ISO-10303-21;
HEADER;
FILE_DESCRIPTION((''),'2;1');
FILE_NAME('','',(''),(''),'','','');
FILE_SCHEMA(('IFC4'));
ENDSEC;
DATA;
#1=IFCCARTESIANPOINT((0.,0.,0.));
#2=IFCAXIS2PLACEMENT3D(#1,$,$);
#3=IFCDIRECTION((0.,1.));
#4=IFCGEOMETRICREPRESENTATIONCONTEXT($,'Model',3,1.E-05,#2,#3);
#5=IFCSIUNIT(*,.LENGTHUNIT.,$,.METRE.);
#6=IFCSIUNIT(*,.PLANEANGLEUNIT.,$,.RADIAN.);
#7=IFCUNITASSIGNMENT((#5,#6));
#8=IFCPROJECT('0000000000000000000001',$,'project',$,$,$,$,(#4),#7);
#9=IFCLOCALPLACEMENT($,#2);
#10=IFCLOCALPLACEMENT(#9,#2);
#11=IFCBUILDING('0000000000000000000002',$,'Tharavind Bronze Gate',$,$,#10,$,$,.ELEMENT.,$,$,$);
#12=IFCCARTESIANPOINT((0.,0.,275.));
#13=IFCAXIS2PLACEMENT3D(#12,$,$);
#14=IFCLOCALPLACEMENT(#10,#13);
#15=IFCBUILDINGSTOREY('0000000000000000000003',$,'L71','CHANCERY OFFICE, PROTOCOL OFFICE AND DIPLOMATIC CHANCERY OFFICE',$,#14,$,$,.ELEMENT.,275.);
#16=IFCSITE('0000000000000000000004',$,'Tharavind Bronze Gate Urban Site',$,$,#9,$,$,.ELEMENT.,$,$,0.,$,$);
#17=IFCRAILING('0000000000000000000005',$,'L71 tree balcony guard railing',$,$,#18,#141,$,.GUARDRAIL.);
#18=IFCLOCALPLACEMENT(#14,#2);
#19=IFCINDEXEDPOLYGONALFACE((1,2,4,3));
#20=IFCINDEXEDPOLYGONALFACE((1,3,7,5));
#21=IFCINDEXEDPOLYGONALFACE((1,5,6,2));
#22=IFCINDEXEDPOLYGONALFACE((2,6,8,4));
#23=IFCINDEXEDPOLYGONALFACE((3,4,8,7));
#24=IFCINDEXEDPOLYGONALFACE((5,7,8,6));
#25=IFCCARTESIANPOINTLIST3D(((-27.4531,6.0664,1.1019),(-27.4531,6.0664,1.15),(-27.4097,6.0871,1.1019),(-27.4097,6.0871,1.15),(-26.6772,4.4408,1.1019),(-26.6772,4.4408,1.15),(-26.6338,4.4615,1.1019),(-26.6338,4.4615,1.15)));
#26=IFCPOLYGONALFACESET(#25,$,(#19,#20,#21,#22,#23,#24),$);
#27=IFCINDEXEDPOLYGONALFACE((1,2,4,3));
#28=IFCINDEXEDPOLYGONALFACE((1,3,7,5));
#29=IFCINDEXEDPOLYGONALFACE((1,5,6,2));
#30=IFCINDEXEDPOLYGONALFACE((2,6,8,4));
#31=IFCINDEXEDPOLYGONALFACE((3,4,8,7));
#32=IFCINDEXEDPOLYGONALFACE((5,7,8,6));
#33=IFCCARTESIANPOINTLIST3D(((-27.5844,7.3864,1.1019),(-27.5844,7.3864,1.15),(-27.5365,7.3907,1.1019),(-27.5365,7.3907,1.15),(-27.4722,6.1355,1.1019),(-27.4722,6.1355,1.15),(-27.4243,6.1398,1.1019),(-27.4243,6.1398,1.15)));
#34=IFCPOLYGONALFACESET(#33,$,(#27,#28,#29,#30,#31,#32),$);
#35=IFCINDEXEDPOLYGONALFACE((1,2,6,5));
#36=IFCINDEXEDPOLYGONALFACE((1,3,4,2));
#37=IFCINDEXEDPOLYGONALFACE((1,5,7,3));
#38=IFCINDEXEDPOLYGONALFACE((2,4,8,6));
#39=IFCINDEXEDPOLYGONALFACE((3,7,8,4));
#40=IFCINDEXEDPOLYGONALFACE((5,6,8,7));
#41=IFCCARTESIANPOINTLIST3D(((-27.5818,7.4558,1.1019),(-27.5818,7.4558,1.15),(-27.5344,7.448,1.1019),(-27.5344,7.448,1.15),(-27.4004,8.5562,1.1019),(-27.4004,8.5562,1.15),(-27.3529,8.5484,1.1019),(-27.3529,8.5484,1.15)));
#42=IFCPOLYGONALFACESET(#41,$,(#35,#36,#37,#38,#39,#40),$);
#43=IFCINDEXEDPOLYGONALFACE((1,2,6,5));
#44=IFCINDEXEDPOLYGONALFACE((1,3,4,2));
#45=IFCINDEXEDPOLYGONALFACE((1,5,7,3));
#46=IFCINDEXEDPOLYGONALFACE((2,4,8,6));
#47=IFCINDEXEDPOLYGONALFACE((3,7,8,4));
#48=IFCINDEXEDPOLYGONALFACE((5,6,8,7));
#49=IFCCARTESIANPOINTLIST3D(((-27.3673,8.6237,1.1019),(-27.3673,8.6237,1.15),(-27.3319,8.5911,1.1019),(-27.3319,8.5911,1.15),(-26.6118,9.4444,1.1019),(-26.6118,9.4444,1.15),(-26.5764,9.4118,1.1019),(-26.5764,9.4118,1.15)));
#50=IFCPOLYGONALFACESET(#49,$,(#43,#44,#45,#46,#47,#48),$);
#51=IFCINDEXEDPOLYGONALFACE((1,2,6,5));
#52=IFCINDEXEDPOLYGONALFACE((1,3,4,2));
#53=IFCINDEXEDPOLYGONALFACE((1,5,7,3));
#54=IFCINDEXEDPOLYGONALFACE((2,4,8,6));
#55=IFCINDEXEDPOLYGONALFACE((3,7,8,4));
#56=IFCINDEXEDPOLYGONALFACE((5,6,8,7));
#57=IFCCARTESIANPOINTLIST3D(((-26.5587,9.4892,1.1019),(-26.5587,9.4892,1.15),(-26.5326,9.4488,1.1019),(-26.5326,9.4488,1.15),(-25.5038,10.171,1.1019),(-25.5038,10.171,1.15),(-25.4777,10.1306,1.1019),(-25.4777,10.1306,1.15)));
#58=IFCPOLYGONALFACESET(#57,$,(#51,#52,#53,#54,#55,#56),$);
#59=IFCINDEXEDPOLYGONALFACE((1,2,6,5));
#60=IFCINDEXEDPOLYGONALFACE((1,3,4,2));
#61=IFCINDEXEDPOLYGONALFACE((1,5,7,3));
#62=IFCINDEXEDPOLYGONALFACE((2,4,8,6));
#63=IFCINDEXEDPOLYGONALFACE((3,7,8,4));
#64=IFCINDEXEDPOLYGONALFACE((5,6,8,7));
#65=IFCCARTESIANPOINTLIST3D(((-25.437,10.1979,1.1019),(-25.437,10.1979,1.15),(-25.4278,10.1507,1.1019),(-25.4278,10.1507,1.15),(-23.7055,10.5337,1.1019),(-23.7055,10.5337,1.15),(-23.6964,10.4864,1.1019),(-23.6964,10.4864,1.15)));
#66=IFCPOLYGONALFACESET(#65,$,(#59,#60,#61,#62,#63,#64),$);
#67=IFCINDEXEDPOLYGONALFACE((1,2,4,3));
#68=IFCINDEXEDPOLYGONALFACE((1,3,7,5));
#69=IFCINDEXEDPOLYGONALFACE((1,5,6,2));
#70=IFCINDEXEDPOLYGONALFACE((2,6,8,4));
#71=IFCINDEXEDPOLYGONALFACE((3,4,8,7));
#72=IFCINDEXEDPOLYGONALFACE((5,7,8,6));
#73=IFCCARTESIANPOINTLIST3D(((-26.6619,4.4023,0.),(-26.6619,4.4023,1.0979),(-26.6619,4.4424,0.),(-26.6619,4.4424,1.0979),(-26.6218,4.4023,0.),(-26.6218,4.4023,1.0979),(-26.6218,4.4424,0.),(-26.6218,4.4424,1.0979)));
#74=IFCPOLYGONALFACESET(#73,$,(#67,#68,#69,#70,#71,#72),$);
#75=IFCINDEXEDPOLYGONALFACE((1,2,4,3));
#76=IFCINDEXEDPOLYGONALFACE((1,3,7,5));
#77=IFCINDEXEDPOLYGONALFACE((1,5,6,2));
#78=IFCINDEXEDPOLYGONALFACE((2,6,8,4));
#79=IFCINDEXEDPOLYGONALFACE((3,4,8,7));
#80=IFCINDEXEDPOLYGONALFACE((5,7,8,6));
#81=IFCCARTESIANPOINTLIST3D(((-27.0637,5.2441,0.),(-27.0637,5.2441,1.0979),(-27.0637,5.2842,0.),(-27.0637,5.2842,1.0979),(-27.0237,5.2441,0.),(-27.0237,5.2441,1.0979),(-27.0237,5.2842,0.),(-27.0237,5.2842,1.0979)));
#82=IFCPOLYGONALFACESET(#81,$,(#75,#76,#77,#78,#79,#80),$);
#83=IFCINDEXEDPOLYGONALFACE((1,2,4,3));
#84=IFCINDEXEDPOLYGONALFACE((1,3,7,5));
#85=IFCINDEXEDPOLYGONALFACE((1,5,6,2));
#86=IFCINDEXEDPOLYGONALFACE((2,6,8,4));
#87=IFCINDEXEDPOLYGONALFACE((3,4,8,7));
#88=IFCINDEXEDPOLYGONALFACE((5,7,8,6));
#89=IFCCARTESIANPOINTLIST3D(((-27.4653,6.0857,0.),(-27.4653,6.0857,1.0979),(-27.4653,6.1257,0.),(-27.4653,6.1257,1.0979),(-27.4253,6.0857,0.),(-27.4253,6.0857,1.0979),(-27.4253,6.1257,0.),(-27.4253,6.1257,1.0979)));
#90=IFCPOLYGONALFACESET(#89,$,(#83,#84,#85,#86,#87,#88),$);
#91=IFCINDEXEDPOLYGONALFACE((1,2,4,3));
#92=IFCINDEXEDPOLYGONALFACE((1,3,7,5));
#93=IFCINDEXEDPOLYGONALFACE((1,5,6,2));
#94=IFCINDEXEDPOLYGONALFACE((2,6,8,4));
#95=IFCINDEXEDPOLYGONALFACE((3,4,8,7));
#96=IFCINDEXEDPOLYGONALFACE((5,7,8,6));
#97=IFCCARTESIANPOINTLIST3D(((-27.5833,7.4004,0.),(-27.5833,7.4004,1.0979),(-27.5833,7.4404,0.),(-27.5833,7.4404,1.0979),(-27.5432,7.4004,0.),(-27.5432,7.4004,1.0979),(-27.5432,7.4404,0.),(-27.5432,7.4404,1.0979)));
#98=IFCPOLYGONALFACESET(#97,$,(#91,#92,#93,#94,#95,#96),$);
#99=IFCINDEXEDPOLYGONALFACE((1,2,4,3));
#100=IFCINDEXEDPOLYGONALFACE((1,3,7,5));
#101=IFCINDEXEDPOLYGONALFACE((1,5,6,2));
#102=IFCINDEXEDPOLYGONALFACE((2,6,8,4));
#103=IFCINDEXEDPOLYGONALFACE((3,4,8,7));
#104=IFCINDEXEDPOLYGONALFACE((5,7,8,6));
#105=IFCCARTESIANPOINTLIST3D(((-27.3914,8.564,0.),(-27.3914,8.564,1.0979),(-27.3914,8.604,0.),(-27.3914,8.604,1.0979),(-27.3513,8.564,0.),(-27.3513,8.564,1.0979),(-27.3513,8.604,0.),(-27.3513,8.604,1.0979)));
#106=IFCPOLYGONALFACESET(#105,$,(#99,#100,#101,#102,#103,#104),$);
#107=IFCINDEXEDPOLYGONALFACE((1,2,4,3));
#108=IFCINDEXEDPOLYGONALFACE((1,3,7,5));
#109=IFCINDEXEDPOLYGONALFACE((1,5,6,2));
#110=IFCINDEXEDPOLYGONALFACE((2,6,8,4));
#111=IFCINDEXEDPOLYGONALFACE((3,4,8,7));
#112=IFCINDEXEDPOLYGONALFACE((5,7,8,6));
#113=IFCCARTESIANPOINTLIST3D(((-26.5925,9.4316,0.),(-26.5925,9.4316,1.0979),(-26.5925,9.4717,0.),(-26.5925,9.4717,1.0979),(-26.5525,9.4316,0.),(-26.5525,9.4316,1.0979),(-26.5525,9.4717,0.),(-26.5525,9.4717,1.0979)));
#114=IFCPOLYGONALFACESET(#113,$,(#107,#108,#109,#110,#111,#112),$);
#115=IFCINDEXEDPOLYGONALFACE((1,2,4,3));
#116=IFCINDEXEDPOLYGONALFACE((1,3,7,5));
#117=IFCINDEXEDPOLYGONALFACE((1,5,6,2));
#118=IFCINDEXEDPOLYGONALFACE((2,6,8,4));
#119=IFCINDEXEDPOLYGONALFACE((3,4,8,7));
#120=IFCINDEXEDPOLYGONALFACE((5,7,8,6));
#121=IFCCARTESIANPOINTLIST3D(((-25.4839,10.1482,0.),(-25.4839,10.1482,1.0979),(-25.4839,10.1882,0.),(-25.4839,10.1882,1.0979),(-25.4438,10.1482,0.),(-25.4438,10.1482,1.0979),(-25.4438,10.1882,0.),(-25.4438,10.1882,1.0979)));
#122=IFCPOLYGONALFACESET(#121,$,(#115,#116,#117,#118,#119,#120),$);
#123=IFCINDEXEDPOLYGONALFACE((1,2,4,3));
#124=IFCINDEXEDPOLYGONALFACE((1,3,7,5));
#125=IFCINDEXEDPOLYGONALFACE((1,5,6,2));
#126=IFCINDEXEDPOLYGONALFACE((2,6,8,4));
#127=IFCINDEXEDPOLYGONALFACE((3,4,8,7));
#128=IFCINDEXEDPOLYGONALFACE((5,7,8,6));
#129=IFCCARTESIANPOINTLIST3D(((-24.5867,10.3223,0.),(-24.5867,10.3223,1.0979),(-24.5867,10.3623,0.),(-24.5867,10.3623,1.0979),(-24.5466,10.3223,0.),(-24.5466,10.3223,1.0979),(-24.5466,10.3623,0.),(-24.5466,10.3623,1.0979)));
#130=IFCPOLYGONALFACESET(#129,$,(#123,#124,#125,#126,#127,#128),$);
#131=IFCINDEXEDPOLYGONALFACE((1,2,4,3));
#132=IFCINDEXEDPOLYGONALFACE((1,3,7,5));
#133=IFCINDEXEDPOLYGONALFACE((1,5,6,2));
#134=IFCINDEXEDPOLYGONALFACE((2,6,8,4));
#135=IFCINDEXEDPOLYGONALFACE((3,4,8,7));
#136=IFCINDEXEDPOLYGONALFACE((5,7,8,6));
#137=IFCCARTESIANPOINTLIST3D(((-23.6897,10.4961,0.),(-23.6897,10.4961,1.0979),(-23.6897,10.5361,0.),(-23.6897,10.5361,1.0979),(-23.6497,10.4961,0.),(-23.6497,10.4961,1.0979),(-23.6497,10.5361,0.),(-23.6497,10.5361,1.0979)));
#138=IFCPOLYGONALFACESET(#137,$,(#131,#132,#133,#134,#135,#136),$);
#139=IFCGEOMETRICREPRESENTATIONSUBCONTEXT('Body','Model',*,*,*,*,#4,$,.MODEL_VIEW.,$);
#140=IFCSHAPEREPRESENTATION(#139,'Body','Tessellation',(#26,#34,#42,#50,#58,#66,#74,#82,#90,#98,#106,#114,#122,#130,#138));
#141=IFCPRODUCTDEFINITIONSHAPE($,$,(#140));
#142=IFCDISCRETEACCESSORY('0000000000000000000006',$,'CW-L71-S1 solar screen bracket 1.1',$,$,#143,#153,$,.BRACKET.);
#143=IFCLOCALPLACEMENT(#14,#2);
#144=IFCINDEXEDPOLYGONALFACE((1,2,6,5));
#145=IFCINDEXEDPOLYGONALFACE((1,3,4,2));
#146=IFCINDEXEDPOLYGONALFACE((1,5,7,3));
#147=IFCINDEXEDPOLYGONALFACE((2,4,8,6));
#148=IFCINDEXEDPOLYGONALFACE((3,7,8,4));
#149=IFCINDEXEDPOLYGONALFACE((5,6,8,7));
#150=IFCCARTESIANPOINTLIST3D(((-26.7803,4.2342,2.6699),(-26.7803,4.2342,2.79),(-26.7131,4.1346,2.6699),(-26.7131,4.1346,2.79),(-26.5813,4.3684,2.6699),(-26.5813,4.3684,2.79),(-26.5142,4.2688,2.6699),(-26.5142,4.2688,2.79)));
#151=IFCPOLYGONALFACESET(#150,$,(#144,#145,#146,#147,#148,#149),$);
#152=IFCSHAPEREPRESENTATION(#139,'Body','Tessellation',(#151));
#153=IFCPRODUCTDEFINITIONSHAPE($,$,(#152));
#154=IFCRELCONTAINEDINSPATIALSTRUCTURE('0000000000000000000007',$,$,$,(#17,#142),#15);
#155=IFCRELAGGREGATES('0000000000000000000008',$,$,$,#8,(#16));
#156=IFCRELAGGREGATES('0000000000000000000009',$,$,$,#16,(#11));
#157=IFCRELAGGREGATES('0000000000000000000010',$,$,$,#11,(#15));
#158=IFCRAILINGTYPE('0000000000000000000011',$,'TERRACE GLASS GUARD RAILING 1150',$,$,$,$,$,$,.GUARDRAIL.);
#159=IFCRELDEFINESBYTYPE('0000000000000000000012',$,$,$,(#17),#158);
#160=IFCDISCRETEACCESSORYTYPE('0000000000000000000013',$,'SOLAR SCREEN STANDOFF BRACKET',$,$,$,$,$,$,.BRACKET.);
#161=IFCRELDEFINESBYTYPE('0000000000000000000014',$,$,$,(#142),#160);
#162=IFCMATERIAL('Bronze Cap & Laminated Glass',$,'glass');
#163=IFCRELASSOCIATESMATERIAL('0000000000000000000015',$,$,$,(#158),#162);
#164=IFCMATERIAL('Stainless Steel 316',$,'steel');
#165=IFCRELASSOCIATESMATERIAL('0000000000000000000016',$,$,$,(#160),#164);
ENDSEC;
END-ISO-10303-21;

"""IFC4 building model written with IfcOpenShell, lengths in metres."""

from ifc_helpers import new_model, si_unit, direction, frame, origin, origin_2d, place, context, subcontext, project, spatial, rectangle, extrude, material, type_object, element, save


model = new_model("IFC4")

# Units and contexts
model_context = context("Model", 3, precision=1e-05, world=origin(), true_north=direction((0.0, 1.0)))
body_context = subcontext(model_context, "Body", "Model", "MODEL_VIEW")
ifc_project = project(units=[si_unit("LENGTHUNIT", "METRE"), si_unit("PLANEANGLEUNIT", "RADIAN")], contexts=[model_context])

# Site, building, storey
site_placement = place(None, origin())
site = spatial("IfcSite", under=ifc_project, at=site_placement, Name="Tharavind Bronze Gate Urban Site", CompositionType="ELEMENT", RefElevation=0.0)
building_placement = place(site_placement, origin())
building = spatial("IfcBuilding", under=site, at=building_placement, Name="Tharavind Bronze Gate", CompositionType="ELEMENT")
storey_placement = place(building_placement, frame((0.0, 0.0, 275.0)))
storey = spatial("IfcBuildingStorey", under=building, at=storey_placement, Name="L71", Description="CHANCERY OFFICE, PROTOCOL OFFICE AND DIPLOMATIC CHANCERY OFFICE", CompositionType="ELEMENT", Elevation=275.0)

# Railing
ifc_material_1 = material(Name="Bronze Cap & Laminated Glass", Category="glass")
railing_type = type_object("IfcRailingType", Name="TERRACE GLASS GUARD RAILING 1150", PredefinedType="GUARDRAIL", material=ifc_material_1)
railing_placement = place(storey_placement, frame((-26.6418, 4.4224, 0.0)))
element("IfcRailing", 1, at=railing_placement, inside=storey, type_object=railing_type, Name="L71 tree balcony guard railing", PredefinedType="GUARDRAIL", context=body_context, shape_type="SweptSolid", body=[
    extrude(rectangle(XDim=0.0481, YDim=0.0481, at=origin_2d()), frame((-0.0137, 0.0288, 1.126), z_axis=(-0.430751, 0.902471, 0.0), x_axis=(-0.902471, -0.430751, 0.0)), (0.0, 0.0, 1.0), 1.8013),
    extrude(rectangle(XDim=0.0481, YDim=0.0481, at=origin_2d()), frame((-0.8064, 1.7153, 1.126), z_axis=(-0.089335, 0.996002, 0.0), x_axis=(-0.996002, -0.089335, 0.0)), (0.0, 0.0, 1.0), 1.2559),
    extrude(rectangle(XDim=0.0481, YDim=0.0481, at=origin_2d()), frame((-0.9163, 3.0295, 1.126), z_axis=(0.16272, 0.986672, 0.0), x_axis=(-0.986672, 0.16272, 0.0)), (0.0, 0.0, 1.0), 1.1152),
    extrude(rectangle(XDim=0.0481, YDim=0.0481, at=origin_2d()), frame((-0.7078, 4.1851, 1.126), z_axis=(0.677317, 0.735692, 0.0), x_axis=(-0.735692, 0.677317, 0.0)), (0.0, 0.0, 1.0), 1.1155),
    extrude(rectangle(XDim=0.0481, YDim=0.0481, at=origin_2d()), frame((0.0962, 5.0466, 1.126), z_axis=(0.839848, 0.542822, 0.0), x_axis=(-0.542822, 0.839848, 0.0)), (0.0, 0.0, 1.0), 1.2561),
    extrude(rectangle(XDim=0.0481, YDim=0.0481, at=origin_2d()), frame((1.2095, 5.752, 1.126), z_axis=(0.981715, 0.190358, 0.0), x_axis=(-0.190358, 0.981715, 0.0)), (0.0, 0.0, 1.0), 1.7637),
    extrude(rectangle(XDim=0.04, YDim=0.04, at=origin_2d()), origin(), (0.0, 0.0, 1.0), 1.0979),
    extrude(rectangle(XDim=0.04, YDim=0.04, at=origin_2d()), frame((-0.4019, 0.8418, 0.0)), (0.0, 0.0, 1.0), 1.0979),
    extrude(rectangle(XDim=0.04, YDim=0.04, at=origin_2d()), frame((-0.8035, 1.6833, 0.0)), (0.0, 0.0, 1.0), 1.0979),
    extrude(rectangle(XDim=0.04, YDim=0.04, at=origin_2d()), frame((-0.9214, 2.998, 0.0)), (0.0, 0.0, 1.0), 1.0979),
    extrude(rectangle(XDim=0.04, YDim=0.04, at=origin_2d()), frame((-0.7295, 4.1616, 0.0)), (0.0, 0.0, 1.0), 1.0979),
    extrude(rectangle(XDim=0.04, YDim=0.04, at=origin_2d()), frame((0.0693, 5.0293, 0.0)), (0.0, 0.0, 1.0), 1.0979),
    extrude(rectangle(XDim=0.04, YDim=0.04, at=origin_2d()), frame((1.178, 5.7458, 0.0)), (0.0, 0.0, 1.0), 1.0979),
    extrude(rectangle(XDim=0.04, YDim=0.04, at=origin_2d()), frame((2.0752, 5.9199, 0.0)), (0.0, 0.0, 1.0), 1.0979),
    extrude(rectangle(XDim=0.04, YDim=0.04, at=origin_2d()), frame((2.9722, 6.0938, 0.0)), (0.0, 0.0, 1.0), 1.0979),
])

# Discrete accessory
ifc_material_2 = material(Name="Stainless Steel 316", Category="steel")
discrete_accessory_type = type_object("IfcDiscreteAccessoryType", Name="SOLAR SCREEN STANDOFF BRACKET", PredefinedType="BRACKET", material=ifc_material_2)
discrete_accessory_placement = place(storey_placement, frame((-26.6472, 4.2515, 2.6699), z_axis=(0.0, 0.0, 1.0), x_axis=(0.559191, -0.829039, 0.0)))
element("IfcDiscreteAccessory", 2, at=discrete_accessory_placement, inside=storey, type_object=discrete_accessory_type, Name="CW-L71-S1 solar screen bracket 1.1", PredefinedType="BRACKET", context=body_context, shape_type="SweptSolid", body=[
    extrude(rectangle(XDim=0.1201, YDim=0.24, at=origin_2d()), origin(), (0.0, 0.0, 1.0), 0.1201),
])

save(model, "model.ifc")
